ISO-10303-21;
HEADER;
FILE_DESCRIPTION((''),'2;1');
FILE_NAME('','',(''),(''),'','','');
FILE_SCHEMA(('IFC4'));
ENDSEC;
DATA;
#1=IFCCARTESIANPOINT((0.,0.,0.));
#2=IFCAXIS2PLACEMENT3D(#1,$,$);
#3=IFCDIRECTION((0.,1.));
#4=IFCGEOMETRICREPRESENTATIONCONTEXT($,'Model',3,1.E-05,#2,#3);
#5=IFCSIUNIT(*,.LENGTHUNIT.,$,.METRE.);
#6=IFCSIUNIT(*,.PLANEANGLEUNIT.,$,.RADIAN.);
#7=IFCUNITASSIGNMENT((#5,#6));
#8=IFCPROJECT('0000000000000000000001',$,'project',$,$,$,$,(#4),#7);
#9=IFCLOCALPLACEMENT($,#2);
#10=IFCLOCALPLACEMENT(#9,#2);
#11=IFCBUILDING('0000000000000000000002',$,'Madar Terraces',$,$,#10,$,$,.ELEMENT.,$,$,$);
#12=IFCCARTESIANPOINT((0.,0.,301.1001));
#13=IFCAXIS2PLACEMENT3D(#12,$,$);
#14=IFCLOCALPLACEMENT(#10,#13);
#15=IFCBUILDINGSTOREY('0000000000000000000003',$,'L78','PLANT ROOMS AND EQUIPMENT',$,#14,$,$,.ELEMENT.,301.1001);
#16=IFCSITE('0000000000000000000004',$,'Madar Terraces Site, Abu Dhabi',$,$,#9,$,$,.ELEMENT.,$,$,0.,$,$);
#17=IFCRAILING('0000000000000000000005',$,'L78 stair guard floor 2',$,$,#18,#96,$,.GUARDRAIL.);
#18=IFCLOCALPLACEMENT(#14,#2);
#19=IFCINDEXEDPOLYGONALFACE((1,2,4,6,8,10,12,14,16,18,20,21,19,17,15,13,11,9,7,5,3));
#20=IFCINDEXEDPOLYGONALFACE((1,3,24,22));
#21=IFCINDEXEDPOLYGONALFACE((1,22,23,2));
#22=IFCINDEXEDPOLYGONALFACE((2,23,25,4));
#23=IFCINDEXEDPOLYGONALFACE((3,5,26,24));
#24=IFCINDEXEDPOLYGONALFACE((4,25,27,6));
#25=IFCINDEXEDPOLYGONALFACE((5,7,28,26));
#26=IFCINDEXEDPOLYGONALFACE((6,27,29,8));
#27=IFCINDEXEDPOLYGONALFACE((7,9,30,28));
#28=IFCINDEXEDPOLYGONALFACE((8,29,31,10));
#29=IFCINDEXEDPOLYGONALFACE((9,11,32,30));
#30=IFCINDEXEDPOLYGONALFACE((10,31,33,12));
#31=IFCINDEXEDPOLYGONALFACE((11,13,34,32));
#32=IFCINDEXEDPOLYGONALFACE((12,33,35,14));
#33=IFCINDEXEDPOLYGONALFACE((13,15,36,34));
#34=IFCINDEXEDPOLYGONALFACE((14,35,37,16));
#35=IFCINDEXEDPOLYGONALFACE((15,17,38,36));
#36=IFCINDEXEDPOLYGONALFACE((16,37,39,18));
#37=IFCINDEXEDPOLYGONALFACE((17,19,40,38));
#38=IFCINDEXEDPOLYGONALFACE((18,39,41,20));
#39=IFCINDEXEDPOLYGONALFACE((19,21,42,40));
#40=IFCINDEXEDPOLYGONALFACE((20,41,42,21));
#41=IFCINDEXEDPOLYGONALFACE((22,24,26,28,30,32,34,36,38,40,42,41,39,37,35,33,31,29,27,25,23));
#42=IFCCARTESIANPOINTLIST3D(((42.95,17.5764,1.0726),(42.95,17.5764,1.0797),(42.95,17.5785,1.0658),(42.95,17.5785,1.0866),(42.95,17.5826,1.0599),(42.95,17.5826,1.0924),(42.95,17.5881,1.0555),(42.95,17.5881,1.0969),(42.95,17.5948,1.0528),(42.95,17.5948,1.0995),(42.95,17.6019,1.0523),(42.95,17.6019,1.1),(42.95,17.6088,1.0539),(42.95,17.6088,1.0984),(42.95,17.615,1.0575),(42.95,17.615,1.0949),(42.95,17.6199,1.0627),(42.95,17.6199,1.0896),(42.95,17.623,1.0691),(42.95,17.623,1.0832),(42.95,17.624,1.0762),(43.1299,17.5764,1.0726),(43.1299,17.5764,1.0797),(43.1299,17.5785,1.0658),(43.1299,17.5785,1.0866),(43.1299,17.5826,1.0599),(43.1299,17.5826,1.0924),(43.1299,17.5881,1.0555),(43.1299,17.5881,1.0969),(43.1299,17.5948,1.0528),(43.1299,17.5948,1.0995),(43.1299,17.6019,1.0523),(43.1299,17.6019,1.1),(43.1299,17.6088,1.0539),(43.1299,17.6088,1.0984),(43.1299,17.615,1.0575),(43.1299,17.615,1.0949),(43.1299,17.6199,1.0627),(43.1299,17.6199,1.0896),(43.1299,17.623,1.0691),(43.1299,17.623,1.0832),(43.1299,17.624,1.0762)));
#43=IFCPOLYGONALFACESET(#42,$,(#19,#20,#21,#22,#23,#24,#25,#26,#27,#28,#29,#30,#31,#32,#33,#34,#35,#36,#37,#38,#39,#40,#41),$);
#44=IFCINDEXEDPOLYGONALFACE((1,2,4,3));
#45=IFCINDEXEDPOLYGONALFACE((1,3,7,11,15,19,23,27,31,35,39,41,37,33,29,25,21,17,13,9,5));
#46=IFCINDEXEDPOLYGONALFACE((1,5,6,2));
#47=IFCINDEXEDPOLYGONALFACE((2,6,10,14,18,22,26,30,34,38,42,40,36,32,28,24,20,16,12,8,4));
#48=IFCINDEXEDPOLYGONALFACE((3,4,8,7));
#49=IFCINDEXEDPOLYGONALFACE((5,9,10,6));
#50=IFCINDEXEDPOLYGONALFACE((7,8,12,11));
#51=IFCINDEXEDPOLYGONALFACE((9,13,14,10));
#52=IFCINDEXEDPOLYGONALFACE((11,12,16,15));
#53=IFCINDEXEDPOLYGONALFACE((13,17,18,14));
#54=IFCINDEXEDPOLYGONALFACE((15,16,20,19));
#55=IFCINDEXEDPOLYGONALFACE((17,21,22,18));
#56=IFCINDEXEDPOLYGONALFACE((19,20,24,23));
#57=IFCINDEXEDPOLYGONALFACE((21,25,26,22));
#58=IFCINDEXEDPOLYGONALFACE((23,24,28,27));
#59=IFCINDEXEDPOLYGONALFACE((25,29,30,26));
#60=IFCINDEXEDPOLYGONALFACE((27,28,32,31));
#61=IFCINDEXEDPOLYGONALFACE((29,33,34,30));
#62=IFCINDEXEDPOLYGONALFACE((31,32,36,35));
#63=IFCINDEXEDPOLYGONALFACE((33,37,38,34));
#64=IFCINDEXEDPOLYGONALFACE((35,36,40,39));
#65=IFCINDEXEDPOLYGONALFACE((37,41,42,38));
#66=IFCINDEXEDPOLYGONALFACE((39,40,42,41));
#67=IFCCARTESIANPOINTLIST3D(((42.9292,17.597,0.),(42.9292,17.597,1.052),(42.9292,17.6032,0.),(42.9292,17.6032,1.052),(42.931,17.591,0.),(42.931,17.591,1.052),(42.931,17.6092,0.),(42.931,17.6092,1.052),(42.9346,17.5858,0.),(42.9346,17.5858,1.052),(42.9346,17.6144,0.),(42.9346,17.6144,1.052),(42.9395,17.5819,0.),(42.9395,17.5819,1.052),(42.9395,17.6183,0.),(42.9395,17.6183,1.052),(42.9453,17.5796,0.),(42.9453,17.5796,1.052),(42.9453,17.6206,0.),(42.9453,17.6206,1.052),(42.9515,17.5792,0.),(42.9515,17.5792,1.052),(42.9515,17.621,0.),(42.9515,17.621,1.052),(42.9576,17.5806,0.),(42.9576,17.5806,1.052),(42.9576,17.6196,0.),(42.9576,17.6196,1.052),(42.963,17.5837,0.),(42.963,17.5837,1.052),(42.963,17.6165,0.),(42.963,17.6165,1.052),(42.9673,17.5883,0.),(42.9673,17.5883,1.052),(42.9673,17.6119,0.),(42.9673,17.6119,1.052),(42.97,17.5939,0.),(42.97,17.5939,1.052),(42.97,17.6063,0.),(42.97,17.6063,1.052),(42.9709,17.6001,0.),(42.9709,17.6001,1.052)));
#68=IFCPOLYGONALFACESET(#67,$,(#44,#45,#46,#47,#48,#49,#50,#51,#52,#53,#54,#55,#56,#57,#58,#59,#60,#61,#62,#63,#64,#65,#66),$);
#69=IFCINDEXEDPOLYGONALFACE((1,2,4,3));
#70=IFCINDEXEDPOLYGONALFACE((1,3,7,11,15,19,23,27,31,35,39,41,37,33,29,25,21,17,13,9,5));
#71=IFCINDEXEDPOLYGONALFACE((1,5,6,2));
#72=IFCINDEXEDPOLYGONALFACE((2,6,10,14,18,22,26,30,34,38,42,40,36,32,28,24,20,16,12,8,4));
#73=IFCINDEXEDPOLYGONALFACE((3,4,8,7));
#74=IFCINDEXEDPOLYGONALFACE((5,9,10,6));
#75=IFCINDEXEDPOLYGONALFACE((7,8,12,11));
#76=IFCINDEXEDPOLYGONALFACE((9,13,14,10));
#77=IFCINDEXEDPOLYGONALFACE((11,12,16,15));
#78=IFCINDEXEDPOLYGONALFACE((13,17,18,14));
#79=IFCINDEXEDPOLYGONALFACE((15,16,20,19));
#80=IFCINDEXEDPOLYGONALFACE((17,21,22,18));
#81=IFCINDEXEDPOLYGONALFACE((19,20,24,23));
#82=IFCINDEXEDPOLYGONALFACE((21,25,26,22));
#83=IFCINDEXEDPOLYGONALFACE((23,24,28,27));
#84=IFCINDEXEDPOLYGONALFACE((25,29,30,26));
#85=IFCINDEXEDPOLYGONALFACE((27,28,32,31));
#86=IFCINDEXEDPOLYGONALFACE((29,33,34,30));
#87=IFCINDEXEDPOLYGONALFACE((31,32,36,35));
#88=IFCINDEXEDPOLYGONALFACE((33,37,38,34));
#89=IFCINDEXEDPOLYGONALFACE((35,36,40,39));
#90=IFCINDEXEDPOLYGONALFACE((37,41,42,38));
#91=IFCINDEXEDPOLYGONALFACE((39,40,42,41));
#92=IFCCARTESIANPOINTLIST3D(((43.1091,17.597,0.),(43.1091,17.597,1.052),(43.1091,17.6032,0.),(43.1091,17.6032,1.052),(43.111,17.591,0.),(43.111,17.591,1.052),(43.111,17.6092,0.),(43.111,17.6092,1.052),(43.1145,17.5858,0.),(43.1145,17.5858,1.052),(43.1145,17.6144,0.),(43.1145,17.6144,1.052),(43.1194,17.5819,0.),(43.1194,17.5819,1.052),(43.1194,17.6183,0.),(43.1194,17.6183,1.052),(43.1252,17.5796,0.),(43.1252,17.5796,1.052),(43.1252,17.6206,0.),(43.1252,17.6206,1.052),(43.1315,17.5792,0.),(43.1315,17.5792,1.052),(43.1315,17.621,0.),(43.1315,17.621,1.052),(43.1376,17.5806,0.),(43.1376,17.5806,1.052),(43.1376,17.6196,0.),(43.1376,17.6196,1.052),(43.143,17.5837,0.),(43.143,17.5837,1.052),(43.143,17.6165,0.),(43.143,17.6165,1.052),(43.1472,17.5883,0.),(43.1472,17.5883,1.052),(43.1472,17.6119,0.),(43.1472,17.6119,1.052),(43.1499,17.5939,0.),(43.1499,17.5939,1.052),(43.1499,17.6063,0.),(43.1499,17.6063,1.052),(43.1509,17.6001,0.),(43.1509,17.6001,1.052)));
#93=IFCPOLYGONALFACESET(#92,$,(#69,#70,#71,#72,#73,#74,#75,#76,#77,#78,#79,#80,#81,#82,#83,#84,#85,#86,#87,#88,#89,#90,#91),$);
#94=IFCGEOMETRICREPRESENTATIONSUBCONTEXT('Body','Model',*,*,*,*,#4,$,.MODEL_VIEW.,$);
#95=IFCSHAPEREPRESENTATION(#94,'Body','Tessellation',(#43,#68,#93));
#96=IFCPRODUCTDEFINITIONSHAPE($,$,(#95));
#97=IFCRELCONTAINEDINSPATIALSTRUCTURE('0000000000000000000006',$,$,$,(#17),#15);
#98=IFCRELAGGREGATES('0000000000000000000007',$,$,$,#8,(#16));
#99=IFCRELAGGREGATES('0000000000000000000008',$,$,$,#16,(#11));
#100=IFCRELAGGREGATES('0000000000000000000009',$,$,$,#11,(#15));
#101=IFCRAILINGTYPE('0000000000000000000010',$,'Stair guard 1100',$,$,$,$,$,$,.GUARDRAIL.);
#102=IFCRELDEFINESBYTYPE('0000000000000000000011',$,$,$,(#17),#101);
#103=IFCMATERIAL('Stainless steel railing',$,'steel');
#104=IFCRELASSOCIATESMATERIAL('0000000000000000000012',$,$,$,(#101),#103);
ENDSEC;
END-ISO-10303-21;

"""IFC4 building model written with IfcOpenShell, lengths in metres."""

from ifc_helpers import new_model, si_unit, direction, frame, origin, origin_2d, place, context, subcontext, project, spatial, circle, extrude, material, type_object, element, save


model = new_model("IFC4")

# Units and contexts
model_context = context("Model", 3, precision=1e-05, world=origin(), true_north=direction((0.0, 1.0)))
body_context = subcontext(model_context, "Body", "Model", "MODEL_VIEW")
ifc_project = project(units=[si_unit("LENGTHUNIT", "METRE"), si_unit("PLANEANGLEUNIT", "RADIAN")], contexts=[model_context])

# Site, building, storey
site_placement = place(None, origin())
site = spatial("IfcSite", under=ifc_project, at=site_placement, Name="Madar Terraces Site, Abu Dhabi", CompositionType="ELEMENT", RefElevation=0.0)
building_placement = place(site_placement, origin())
building = spatial("IfcBuilding", under=site, at=building_placement, Name="Madar Terraces", CompositionType="ELEMENT")
storey_placement = place(building_placement, frame((0.0, 0.0, 301.1001)))
storey = spatial("IfcBuildingStorey", under=building, at=storey_placement, Name="L78", Description="PLANT ROOMS AND EQUIPMENT", CompositionType="ELEMENT", Elevation=301.1001)

# Railing
ifc_material_1 = material(Name="Stainless steel railing", Category="steel")
railing_type_1 = type_object("IfcRailingType", Name="Stair guard 1100", PredefinedType="GUARDRAIL", material=ifc_material_1)
for number, where, name in (
    (1, (42.95, 17.6001, 0.0), "L78 stair guard floor 2"),
):
    element("IfcRailing", number, at=place(storey_placement, frame(where)), inside=storey, type_object=railing_type_1, Name=name, PredefinedType="GUARDRAIL", context=body_context, shape_type="SweptSolid", body=[
        extrude(circle(Radius=0.0239, at=origin_2d()), frame((0.0, 0.0, 1.0762), z_axis=(1.0, 0.0, 0.0), x_axis=(0.0, 1.0, 0.0)), (0.0, 0.0, 1.0), 0.1799),
        extrude(circle(Radius=0.021, at=origin_2d()), origin(), (0.0, 0.0, 1.0), 1.052),
        extrude(circle(Radius=0.021, at=origin_2d()), frame((0.1799, 0.0, 0.0)), (0.0, 0.0, 1.0), 1.052),
    ])

save(model, "model.ifc")
